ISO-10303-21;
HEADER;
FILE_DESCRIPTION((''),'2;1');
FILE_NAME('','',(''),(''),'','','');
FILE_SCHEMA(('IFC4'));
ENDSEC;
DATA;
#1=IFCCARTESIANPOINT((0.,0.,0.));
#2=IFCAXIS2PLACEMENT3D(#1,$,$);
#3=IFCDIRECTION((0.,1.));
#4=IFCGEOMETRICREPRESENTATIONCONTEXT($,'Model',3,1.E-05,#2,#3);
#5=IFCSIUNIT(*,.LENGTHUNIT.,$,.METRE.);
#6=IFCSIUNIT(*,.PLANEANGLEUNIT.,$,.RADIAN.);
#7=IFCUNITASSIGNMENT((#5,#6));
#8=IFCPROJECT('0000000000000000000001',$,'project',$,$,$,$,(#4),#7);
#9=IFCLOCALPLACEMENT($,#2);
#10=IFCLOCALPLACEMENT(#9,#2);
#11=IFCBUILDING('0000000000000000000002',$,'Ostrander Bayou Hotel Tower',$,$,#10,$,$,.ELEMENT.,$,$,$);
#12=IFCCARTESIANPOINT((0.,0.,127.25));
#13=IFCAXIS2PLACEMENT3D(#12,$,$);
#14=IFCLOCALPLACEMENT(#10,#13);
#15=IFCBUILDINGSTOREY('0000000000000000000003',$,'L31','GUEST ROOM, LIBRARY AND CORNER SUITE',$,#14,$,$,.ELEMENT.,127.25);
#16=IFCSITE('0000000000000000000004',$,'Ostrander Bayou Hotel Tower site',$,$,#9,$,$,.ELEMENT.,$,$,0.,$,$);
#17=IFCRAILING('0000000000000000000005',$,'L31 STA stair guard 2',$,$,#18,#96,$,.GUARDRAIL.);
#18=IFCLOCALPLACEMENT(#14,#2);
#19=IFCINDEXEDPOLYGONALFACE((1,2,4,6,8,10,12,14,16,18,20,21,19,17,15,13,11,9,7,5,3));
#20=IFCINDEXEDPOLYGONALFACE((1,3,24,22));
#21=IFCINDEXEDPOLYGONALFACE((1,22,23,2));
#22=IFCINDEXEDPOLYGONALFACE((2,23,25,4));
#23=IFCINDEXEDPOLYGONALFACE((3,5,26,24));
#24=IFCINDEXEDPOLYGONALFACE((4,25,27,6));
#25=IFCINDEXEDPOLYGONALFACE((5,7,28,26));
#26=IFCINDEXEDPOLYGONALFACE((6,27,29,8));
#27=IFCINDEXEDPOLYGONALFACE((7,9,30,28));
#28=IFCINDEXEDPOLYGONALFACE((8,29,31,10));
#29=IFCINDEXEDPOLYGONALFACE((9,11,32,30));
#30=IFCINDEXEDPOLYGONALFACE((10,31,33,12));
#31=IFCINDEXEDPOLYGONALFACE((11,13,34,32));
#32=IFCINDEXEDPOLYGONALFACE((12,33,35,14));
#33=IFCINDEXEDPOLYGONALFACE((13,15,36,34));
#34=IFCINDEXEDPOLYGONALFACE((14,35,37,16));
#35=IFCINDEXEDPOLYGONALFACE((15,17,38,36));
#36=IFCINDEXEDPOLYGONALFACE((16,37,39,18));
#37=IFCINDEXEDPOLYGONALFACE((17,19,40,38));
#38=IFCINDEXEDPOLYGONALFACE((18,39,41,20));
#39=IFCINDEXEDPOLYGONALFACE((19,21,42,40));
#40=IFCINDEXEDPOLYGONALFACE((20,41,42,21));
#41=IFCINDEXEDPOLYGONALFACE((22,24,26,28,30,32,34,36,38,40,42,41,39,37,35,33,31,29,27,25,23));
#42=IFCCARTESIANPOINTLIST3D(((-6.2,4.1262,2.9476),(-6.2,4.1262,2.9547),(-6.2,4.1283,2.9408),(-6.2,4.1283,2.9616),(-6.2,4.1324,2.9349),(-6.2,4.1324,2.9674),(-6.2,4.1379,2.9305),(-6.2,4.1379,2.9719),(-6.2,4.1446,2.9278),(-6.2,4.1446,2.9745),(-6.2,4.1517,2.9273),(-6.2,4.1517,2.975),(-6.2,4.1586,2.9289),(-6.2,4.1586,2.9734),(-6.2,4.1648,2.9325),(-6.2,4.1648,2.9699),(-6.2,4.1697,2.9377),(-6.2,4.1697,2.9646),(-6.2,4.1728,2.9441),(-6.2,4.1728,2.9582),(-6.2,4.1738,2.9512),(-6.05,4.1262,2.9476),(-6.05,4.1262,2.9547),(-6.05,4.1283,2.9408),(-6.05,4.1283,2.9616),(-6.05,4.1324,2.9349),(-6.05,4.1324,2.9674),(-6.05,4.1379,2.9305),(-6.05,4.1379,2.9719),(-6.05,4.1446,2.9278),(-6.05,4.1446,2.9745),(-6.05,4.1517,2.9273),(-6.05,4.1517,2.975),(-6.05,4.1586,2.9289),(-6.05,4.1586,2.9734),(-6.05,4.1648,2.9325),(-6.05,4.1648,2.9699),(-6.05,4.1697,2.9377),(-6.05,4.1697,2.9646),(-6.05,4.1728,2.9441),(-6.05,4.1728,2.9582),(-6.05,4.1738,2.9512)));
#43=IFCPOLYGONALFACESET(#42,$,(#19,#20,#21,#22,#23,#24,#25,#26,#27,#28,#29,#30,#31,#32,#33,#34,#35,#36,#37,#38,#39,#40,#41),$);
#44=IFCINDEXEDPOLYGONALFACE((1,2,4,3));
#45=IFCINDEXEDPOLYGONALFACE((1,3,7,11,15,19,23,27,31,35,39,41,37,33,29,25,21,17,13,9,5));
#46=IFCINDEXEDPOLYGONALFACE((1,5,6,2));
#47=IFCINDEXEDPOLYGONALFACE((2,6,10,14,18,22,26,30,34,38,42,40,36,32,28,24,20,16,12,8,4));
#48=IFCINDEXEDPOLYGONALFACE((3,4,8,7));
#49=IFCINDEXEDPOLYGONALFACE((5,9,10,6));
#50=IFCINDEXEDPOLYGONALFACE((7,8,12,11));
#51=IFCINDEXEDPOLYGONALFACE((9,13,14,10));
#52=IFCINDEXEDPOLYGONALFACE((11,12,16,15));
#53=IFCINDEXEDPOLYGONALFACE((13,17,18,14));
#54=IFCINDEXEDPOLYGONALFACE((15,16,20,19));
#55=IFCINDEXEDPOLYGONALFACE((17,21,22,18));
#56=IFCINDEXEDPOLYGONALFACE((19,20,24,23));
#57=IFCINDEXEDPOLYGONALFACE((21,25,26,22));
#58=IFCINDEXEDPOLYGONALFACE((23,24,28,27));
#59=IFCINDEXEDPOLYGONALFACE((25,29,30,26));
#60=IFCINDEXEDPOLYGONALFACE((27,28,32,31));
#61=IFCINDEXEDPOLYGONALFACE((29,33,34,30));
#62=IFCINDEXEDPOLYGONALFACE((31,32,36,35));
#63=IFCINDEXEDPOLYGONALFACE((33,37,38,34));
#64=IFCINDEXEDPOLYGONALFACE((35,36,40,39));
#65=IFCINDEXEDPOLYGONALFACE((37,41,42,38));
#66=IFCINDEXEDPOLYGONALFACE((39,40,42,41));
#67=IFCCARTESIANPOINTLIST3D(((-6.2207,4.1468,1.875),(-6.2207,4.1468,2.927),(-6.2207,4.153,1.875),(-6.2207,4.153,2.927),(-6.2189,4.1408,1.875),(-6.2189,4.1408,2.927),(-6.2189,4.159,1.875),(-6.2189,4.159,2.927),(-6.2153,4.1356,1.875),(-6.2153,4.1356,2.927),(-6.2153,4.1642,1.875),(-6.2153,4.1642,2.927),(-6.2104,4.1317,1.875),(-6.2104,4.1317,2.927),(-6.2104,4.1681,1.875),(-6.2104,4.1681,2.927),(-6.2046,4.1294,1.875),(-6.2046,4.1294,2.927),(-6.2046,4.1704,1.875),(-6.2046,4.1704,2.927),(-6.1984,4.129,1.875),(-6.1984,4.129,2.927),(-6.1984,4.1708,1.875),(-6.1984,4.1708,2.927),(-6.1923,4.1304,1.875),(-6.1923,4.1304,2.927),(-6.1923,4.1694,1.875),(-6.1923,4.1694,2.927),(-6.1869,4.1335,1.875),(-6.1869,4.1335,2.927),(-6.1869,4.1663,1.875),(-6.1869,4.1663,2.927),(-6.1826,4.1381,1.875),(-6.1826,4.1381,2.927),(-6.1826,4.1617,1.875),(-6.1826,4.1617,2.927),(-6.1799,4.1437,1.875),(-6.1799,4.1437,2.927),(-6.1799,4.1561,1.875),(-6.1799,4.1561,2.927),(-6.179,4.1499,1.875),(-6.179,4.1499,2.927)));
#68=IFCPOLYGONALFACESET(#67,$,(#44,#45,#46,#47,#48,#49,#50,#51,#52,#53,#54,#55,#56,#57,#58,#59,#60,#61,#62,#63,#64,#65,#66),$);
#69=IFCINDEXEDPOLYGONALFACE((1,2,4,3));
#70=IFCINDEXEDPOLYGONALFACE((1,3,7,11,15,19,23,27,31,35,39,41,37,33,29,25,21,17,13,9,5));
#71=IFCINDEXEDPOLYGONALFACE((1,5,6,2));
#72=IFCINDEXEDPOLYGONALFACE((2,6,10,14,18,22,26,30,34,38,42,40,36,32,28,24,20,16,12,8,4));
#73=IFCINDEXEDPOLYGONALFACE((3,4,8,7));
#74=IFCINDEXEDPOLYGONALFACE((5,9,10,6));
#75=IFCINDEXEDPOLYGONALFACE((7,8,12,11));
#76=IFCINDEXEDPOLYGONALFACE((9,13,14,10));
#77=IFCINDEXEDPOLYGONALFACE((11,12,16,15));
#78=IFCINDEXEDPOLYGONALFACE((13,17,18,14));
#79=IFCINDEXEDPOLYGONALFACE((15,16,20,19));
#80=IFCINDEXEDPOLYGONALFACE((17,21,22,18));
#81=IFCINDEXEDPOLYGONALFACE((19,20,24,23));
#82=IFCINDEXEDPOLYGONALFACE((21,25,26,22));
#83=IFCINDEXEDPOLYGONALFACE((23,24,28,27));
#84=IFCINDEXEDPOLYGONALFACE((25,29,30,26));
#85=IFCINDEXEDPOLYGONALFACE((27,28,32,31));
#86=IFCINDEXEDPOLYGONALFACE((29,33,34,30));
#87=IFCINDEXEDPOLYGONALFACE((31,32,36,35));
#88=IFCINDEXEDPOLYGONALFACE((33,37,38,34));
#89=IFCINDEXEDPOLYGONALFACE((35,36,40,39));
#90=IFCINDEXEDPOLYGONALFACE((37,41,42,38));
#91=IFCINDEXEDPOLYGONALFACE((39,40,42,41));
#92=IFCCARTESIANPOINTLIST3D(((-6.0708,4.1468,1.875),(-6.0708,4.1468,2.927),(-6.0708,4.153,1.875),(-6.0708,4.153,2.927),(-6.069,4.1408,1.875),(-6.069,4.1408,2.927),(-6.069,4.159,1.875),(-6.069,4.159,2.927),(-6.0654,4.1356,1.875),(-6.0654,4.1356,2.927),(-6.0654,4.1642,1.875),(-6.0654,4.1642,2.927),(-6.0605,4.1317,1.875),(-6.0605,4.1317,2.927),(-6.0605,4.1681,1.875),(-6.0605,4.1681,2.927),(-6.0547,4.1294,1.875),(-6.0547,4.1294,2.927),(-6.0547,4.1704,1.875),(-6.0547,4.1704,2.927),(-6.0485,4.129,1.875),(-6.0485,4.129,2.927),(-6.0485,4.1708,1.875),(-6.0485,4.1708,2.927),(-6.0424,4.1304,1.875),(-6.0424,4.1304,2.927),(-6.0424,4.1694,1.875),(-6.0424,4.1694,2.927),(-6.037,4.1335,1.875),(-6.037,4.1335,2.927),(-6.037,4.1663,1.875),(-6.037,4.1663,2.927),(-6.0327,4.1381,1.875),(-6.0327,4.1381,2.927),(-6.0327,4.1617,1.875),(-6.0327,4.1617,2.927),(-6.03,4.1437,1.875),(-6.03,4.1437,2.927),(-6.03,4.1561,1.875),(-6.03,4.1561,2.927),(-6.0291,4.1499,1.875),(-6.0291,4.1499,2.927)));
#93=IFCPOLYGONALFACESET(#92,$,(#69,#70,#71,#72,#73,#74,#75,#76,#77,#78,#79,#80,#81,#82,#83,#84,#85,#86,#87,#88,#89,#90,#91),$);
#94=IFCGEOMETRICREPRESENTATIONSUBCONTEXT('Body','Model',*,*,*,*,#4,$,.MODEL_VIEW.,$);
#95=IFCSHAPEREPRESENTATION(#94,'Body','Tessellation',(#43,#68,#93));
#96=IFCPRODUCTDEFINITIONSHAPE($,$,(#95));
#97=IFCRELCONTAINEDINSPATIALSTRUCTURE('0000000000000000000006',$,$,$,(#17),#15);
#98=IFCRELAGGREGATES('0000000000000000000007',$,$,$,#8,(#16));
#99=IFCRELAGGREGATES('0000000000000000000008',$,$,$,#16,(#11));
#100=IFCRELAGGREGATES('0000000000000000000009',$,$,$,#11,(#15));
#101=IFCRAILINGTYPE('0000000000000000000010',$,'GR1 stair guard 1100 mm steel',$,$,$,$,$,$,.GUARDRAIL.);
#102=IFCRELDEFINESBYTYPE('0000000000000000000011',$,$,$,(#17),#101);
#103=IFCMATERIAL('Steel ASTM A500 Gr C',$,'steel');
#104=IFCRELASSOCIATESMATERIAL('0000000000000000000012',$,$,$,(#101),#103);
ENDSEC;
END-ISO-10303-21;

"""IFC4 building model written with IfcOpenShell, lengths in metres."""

from ifc_helpers import new_model, si_unit, direction, frame, origin, origin_2d, place, context, subcontext, project, spatial, circle, extrude, material, type_object, element, save


model = new_model("IFC4")

# Units and contexts
model_context = context("Model", 3, precision=1e-05, world=origin(), true_north=direction((0.0, 1.0)))
body_context = subcontext(model_context, "Body", "Model", "MODEL_VIEW")
ifc_project = project(units=[si_unit("LENGTHUNIT", "METRE"), si_unit("PLANEANGLEUNIT", "RADIAN")], contexts=[model_context])

# Site, building, storey
site_placement = place(None, origin())
site = spatial("IfcSite", under=ifc_project, at=site_placement, Name="Ostrander Bayou Hotel Tower site", CompositionType="ELEMENT", RefElevation=0.0)
building_placement = place(site_placement, origin())
building = spatial("IfcBuilding", under=site, at=building_placement, Name="Ostrander Bayou Hotel Tower", CompositionType="ELEMENT")
storey_placement = place(building_placement, frame((0.0, 0.0, 127.25)))
storey = spatial("IfcBuildingStorey", under=building, at=storey_placement, Name="L31", Description="GUEST ROOM, LIBRARY AND CORNER SUITE", CompositionType="ELEMENT", Elevation=127.25)

# Railing
ifc_material_1 = material(Name="Steel ASTM A500 Gr C", Category="steel")
railing_type_1 = type_object("IfcRailingType", Name="GR1 stair guard 1100 mm steel", PredefinedType="GUARDRAIL", material=ifc_material_1)
railing_1_placement = place(storey_placement, frame((-6.2, 4.1499, 1.875)))
element("IfcRailing", 1, at=railing_1_placement, inside=storey, type_object=railing_type_1, Name="L31 STA stair guard 2", PredefinedType="GUARDRAIL", context=body_context, shape_type="SweptSolid", body=[
    extrude(circle(Radius=0.0239, at=origin_2d()), frame((0.0, 0.0, 1.0762), z_axis=(1.0, 0.0, 0.0), x_axis=(0.0, 1.0, 0.0)), (0.0, 0.0, 1.0), 0.1499),
    extrude(circle(Radius=0.021, at=origin_2d()), origin(), (0.0, 0.0, 1.0), 1.052),
    extrude(circle(Radius=0.021, at=origin_2d()), frame((0.1499, 0.0, 0.0)), (0.0, 0.0, 1.0), 1.052),
])

save(model, "model.ifc")
